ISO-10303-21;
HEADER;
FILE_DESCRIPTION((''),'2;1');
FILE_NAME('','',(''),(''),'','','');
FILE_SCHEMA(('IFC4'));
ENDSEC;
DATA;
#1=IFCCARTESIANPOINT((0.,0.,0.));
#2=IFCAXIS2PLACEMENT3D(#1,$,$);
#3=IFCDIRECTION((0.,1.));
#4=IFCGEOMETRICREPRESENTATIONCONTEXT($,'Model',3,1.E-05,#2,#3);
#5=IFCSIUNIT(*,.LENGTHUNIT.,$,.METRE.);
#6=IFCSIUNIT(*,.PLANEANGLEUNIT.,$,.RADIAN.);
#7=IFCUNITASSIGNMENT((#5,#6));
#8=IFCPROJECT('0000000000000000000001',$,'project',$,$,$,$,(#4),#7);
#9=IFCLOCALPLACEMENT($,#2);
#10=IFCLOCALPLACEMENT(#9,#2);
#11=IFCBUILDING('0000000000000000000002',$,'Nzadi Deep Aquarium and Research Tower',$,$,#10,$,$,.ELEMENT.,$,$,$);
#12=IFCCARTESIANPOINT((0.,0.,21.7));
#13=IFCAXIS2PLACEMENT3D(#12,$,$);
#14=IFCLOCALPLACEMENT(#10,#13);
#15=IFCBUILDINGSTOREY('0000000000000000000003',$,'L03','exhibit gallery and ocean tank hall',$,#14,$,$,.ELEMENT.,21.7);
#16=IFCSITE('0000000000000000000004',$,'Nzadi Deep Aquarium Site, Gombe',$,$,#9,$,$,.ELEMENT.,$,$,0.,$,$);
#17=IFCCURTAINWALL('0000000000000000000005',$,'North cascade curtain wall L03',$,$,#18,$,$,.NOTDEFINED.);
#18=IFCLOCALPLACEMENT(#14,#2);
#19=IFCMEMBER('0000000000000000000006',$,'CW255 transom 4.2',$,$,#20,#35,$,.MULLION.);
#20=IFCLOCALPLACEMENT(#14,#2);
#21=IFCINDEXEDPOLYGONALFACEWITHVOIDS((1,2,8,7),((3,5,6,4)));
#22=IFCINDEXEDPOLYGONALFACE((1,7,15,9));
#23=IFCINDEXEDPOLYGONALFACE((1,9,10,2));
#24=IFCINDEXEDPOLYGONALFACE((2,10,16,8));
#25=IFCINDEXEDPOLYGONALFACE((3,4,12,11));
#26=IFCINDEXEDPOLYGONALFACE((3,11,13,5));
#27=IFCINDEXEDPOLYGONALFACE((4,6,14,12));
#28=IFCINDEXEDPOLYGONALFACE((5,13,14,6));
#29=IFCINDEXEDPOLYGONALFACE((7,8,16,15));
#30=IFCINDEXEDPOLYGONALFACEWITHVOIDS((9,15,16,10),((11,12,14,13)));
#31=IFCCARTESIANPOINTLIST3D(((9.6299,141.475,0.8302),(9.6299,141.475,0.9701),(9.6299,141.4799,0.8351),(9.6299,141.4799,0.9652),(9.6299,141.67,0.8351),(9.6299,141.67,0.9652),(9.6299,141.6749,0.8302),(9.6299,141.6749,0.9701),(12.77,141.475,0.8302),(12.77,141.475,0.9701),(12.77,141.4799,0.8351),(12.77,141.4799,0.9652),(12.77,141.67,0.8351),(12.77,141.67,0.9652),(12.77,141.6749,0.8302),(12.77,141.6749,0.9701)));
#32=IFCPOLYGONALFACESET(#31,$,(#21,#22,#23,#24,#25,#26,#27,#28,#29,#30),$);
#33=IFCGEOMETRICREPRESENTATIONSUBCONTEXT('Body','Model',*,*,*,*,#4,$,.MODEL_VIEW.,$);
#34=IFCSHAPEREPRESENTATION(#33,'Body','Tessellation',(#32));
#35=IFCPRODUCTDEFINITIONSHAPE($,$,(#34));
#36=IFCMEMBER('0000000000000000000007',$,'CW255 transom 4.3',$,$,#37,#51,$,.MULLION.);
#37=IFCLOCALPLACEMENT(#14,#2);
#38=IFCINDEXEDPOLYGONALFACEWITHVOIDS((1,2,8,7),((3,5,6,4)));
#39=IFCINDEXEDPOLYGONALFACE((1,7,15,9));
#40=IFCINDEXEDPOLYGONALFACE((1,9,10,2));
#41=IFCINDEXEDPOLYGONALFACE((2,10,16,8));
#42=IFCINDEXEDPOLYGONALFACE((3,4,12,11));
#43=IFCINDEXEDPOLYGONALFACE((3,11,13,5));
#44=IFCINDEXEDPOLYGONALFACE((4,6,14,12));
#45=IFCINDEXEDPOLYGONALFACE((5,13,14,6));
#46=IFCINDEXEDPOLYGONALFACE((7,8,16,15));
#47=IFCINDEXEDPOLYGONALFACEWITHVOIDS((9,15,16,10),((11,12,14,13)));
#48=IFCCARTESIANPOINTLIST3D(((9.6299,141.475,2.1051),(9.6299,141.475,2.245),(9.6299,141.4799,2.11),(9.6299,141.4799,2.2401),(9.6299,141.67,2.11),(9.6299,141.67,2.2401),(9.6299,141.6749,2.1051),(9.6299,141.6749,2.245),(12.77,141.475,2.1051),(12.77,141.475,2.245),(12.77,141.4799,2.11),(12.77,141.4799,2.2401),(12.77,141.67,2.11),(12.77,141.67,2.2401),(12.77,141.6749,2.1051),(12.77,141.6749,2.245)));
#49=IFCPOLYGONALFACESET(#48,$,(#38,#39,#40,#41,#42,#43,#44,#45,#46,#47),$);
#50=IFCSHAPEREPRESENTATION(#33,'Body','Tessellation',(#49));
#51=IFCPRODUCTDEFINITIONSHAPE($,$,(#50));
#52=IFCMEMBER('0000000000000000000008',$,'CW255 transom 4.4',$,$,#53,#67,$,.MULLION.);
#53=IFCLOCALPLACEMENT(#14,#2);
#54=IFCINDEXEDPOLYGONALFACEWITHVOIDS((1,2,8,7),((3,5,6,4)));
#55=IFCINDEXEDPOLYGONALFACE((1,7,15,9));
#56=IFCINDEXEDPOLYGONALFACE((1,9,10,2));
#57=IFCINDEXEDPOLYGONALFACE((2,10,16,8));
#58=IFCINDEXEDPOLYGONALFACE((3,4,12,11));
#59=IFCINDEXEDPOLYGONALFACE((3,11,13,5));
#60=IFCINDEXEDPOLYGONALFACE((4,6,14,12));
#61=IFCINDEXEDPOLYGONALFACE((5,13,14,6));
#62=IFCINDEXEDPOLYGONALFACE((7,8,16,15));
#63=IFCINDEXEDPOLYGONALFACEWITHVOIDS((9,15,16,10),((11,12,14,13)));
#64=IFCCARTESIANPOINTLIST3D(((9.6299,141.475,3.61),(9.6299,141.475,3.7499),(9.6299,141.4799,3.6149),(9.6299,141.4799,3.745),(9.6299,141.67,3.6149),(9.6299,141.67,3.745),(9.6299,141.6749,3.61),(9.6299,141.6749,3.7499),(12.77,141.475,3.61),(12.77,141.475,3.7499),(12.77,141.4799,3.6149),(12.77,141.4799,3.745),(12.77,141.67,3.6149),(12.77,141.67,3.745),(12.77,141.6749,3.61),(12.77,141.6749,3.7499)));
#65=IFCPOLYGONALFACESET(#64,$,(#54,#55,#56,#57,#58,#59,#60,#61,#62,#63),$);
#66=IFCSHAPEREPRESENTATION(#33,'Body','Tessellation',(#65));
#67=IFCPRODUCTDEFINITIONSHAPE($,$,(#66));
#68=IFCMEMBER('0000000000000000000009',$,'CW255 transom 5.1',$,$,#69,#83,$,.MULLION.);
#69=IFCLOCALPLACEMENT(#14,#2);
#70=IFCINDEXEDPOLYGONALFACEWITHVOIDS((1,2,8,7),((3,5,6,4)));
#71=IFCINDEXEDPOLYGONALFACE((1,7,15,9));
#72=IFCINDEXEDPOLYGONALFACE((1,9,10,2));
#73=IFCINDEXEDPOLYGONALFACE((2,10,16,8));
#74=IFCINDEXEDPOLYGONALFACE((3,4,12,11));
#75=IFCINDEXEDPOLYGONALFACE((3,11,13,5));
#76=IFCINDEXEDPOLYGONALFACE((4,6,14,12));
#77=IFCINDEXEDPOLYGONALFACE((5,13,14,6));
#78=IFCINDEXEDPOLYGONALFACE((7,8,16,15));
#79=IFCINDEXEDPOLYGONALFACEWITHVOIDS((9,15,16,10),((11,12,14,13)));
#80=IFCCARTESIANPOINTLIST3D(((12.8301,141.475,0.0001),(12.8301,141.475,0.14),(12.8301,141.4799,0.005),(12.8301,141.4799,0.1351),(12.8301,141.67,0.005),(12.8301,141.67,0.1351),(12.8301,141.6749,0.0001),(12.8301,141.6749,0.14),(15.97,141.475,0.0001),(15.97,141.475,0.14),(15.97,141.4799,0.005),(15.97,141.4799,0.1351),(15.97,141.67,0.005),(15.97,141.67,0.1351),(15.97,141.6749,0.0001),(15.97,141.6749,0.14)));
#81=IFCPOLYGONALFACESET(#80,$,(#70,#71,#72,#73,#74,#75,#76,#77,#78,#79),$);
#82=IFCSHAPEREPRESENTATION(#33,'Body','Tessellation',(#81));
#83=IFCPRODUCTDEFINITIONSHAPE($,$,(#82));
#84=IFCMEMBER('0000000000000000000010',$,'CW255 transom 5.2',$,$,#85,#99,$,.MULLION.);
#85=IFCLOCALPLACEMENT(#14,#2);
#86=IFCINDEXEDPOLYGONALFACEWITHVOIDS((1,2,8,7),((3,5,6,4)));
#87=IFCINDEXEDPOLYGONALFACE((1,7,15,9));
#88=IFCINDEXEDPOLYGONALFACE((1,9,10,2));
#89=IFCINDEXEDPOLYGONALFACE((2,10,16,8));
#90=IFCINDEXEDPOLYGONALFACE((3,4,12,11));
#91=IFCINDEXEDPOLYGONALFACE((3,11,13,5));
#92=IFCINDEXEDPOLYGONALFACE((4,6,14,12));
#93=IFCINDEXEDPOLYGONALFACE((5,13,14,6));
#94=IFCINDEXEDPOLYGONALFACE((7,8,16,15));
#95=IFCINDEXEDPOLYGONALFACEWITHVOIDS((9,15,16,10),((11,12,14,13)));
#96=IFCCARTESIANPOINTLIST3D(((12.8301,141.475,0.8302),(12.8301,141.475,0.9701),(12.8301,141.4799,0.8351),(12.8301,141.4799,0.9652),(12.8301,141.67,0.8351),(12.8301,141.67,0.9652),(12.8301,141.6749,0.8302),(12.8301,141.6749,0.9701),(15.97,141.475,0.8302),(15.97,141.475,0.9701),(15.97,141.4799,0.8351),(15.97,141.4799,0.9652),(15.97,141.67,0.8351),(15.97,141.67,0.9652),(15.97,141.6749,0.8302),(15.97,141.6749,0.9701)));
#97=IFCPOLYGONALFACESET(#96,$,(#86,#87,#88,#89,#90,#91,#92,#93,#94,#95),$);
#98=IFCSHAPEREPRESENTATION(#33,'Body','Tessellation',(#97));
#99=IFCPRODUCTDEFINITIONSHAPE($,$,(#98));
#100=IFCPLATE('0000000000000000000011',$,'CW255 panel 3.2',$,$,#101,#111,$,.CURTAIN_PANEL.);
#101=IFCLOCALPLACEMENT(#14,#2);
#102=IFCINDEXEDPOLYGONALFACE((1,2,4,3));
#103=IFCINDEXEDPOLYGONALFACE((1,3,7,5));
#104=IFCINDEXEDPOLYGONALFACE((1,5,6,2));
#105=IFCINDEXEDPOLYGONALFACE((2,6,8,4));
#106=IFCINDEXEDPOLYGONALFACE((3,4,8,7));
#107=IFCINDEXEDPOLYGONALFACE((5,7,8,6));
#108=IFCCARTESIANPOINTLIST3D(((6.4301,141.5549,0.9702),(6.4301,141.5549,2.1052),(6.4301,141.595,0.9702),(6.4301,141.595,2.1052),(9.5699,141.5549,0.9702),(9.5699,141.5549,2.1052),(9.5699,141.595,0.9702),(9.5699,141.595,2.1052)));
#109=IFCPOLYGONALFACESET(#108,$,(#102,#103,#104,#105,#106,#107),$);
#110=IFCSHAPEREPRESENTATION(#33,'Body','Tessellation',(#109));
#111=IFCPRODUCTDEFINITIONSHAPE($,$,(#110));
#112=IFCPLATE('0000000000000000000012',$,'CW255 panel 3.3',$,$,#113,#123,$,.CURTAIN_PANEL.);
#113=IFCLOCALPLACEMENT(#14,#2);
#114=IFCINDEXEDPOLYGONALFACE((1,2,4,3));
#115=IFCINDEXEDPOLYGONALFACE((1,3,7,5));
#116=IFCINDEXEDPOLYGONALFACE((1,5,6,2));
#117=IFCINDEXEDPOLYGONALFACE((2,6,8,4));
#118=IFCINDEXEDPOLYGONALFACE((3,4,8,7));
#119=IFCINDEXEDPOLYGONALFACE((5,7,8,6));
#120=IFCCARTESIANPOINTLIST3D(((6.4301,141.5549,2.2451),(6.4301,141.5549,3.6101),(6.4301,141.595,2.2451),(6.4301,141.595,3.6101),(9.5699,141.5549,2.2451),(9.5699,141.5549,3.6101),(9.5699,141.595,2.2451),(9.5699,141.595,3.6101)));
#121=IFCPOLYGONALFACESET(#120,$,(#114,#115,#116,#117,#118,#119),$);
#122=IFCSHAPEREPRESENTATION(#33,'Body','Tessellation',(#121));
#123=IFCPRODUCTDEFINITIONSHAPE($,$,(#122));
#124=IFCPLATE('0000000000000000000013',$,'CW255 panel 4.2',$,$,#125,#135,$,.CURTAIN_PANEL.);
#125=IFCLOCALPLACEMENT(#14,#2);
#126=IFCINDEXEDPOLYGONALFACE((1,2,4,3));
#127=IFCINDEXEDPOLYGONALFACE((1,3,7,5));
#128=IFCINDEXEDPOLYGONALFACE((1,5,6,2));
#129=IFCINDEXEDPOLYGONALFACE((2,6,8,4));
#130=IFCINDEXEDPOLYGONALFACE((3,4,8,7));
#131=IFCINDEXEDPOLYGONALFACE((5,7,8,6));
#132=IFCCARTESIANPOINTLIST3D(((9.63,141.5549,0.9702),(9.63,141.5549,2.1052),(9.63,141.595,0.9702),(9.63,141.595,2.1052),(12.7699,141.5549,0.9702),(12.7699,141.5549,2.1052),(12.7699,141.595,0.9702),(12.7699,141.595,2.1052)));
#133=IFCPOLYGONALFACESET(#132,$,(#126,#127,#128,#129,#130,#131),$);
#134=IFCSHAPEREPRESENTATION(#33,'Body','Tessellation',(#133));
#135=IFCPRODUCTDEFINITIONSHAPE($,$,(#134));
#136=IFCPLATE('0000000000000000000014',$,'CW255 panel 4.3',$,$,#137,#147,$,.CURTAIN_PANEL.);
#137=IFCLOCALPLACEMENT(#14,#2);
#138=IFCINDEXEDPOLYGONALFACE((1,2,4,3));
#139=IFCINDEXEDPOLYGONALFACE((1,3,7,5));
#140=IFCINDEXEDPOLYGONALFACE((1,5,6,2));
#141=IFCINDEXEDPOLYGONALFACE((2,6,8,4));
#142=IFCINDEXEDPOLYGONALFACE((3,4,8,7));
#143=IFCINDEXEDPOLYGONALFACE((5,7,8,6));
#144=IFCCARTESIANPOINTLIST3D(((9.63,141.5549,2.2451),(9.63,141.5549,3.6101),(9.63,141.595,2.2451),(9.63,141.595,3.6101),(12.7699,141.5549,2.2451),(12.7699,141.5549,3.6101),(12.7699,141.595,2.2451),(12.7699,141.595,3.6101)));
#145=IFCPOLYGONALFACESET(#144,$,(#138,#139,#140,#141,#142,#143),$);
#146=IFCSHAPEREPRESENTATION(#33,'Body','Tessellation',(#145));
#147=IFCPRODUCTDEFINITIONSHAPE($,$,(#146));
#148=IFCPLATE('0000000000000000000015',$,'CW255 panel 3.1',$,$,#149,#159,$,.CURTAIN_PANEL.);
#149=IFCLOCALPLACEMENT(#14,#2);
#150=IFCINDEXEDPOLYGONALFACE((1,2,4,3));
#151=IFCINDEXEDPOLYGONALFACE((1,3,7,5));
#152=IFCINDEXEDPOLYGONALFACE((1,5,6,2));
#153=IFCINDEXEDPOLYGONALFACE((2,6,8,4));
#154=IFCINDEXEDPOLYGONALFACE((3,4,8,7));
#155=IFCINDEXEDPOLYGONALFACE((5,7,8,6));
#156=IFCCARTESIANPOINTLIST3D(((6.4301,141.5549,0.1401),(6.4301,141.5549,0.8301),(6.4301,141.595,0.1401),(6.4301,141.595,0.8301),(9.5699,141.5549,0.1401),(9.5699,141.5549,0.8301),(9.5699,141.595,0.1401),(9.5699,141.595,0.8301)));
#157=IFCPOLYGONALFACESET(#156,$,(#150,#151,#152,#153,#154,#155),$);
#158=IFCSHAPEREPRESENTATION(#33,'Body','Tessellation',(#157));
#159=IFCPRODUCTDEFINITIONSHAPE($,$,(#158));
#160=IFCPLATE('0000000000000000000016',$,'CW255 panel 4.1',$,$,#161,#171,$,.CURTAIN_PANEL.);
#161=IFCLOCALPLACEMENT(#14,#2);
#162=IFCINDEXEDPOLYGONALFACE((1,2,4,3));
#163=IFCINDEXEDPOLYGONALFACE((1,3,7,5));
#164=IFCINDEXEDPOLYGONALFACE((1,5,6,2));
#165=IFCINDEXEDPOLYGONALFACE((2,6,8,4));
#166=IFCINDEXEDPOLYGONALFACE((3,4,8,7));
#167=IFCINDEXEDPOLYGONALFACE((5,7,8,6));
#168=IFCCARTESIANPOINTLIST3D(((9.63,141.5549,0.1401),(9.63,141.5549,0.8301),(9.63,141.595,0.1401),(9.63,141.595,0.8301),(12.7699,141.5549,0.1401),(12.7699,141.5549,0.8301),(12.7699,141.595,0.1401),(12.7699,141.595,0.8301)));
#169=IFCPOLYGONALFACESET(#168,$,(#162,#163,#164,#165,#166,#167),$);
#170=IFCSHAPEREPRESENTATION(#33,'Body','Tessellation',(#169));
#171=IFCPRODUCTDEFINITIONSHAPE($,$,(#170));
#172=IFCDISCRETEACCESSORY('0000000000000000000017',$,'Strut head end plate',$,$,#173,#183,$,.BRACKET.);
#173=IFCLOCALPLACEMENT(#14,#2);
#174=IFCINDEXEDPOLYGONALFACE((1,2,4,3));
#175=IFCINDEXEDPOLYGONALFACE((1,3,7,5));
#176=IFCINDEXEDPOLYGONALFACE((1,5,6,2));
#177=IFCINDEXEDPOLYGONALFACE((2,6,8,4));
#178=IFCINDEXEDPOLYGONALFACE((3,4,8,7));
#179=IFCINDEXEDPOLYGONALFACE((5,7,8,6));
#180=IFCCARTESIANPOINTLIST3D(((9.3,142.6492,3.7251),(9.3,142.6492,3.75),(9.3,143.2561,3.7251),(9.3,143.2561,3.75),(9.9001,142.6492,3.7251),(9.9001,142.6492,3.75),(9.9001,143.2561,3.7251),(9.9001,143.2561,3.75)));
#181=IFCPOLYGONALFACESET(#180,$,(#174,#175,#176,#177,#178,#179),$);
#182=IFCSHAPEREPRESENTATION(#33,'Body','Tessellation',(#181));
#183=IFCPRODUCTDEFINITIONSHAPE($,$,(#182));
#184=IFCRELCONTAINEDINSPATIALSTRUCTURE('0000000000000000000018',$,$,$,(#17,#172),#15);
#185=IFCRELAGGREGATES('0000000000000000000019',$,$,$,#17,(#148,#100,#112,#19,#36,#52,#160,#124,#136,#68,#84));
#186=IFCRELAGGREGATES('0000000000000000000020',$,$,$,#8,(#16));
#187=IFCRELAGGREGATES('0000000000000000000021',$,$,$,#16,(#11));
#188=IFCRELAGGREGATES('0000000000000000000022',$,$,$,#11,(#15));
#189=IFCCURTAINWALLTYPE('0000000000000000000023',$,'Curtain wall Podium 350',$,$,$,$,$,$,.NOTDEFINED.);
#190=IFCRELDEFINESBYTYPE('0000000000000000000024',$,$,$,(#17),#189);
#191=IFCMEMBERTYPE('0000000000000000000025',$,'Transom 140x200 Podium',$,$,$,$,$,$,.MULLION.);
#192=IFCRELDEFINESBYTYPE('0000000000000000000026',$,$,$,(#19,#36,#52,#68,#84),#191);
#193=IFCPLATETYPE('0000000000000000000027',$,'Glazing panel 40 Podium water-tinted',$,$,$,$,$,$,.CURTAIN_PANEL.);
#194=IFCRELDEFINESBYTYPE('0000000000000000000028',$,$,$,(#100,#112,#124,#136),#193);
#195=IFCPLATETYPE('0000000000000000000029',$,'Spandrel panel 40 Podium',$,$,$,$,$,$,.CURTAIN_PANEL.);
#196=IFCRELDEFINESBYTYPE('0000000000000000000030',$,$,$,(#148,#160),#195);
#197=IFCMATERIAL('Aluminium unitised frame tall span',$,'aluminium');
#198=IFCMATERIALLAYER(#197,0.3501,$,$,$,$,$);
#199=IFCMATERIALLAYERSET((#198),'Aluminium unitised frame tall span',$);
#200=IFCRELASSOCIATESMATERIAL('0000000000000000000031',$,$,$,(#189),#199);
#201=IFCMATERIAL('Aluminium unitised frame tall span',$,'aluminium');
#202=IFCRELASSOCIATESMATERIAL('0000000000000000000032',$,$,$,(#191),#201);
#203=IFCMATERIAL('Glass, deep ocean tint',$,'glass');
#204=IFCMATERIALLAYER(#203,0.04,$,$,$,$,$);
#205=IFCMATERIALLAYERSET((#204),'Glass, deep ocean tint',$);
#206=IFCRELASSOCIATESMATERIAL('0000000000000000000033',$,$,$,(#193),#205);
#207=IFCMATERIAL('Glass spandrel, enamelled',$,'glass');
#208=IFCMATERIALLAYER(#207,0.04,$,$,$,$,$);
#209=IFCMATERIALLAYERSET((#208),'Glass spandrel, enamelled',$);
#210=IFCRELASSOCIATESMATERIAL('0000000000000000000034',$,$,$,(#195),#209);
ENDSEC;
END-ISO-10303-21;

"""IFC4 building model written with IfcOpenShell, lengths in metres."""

from ifc_helpers import new_model, si_unit, direction, frame, origin, origin_2d, place, context, subcontext, project, spatial, rectangle, hollow_rectangle, extrude, material, layer, layer_set, material_profile, profile_set, type_object, element, aggregate, save


model = new_model("IFC4")

# Units and contexts
model_context = context("Model", 3, precision=1e-05, world=origin(), true_north=direction((0.0, 1.0)))
body_context = subcontext(model_context, "Body", "Model", "MODEL_VIEW")
ifc_project = project(units=[si_unit("LENGTHUNIT", "METRE"), si_unit("PLANEANGLEUNIT", "RADIAN")], contexts=[model_context])

# Site, building, storey
site_placement = place(None, origin())
site = spatial("IfcSite", under=ifc_project, at=site_placement, Name="Nzadi Deep Aquarium Site, Gombe", CompositionType="ELEMENT", RefElevation=0.0)
building_placement = place(site_placement, origin())
building = spatial("IfcBuilding", under=site, at=building_placement, Name="Nzadi Deep Aquarium and Research Tower", CompositionType="ELEMENT")
storey_placement = place(building_placement, frame((0.0, 0.0, 21.7)))
storey = spatial("IfcBuildingStorey", under=building, at=storey_placement, Name="L03", Description="exhibit gallery and ocean tank hall", CompositionType="ELEMENT", Elevation=21.7)

# Curtain wall
ifc_material_1 = material(Name="Aluminium unitised frame tall span", Category="aluminium")
ifc_layer_1 = layer(ifc_material_1, 0.3501)
ifc_layer_set_1 = layer_set([ifc_layer_1], Name="Aluminium unitised frame tall span")
curtain_wall_type = type_object("IfcCurtainWallType", Name="Curtain wall Podium 350", PredefinedType="NOTDEFINED", material=ifc_layer_set_1)
curtain_wall_placement = place(storey_placement, origin())
curtain_wall = element("IfcCurtainWall", 1, at=curtain_wall_placement, inside=storey, type_object=curtain_wall_type, Name="North cascade curtain wall L03", PredefinedType="NOTDEFINED")

# Members
ifc_material_2 = material(Name="Aluminium unitised frame tall span", Category="aluminium")
ifc_material_profile_1 = material_profile(ifc_material_2, hollow_rectangle(XDim=0.2, YDim=0.1399, WallThickness=0.0049, at=origin_2d()))
ifc_profile_set_1 = profile_set([ifc_material_profile_1], Name="Aluminium unitised frame tall span")
member_type_1 = type_object("IfcMemberType", Name="Transom 140x200 Podium", PredefinedType="MULLION", material=ifc_profile_set_1)
member_1_placement = place(storey_placement, frame((9.6299, 141.575, 0.9001), z_axis=(1.0, 0.0, 0.0), x_axis=(0.0, 1.0, 0.0)))
member_1 = element("IfcMember", 2, at=member_1_placement, type_object=member_type_1, Name="CW255 transom 4.2", PredefinedType="MULLION", context=body_context, shape_type="SweptSolid", body=[
    extrude(hollow_rectangle(XDim=0.2, YDim=0.1399, WallThickness=0.0049, at=origin_2d()), origin(), (0.0, 0.0, 1.0), 3.1401),
])
member_2_placement = place(storey_placement, frame((9.6299, 141.575, 2.175), z_axis=(1.0, 0.0, 0.0), x_axis=(0.0, 1.0, 0.0)))
member_2 = element("IfcMember", 3, at=member_2_placement, type_object=member_type_1, Name="CW255 transom 4.3", PredefinedType="MULLION", context=body_context, shape_type="SweptSolid", body=[
    extrude(hollow_rectangle(XDim=0.2, YDim=0.1399, WallThickness=0.0049, at=origin_2d()), origin(), (0.0, 0.0, 1.0), 3.1401),
])
member_3_placement = place(storey_placement, frame((9.6299, 141.575, 3.6799), z_axis=(1.0, 0.0, 0.0), x_axis=(0.0, 1.0, 0.0)))
member_3 = element("IfcMember", 4, at=member_3_placement, type_object=member_type_1, Name="CW255 transom 4.4", PredefinedType="MULLION", context=body_context, shape_type="SweptSolid", body=[
    extrude(hollow_rectangle(XDim=0.2, YDim=0.1399, WallThickness=0.0049, at=origin_2d()), origin(), (0.0, 0.0, 1.0), 3.1401),
])
member_4_placement = place(storey_placement, frame((12.8301, 141.575, 0.0701), z_axis=(1.0, 0.0, 0.0), x_axis=(0.0, 1.0, 0.0)))
member_4 = element("IfcMember", 5, at=member_4_placement, type_object=member_type_1, Name="CW255 transom 5.1", PredefinedType="MULLION", context=body_context, shape_type="SweptSolid", body=[
    extrude(hollow_rectangle(XDim=0.2, YDim=0.1399, WallThickness=0.0049, at=origin_2d()), origin(), (0.0, 0.0, 1.0), 3.1399),
])
member_5_placement = place(storey_placement, frame((12.8301, 141.575, 0.9001), z_axis=(1.0, 0.0, 0.0), x_axis=(0.0, 1.0, 0.0)))
member_5 = element("IfcMember", 6, at=member_5_placement, type_object=member_type_1, Name="CW255 transom 5.2", PredefinedType="MULLION", context=body_context, shape_type="SweptSolid", body=[
    extrude(hollow_rectangle(XDim=0.2, YDim=0.1399, WallThickness=0.0049, at=origin_2d()), origin(), (0.0, 0.0, 1.0), 3.1399),
])

# Plates
ifc_material_3 = material(Name="Glass, deep ocean tint", Category="glass")
ifc_layer_2 = layer(ifc_material_3, 0.04)
ifc_layer_set_2 = layer_set([ifc_layer_2], Name="Glass, deep ocean tint")
plate_type_1 = type_object("IfcPlateType", Name="Glazing panel 40 Podium water-tinted", PredefinedType="CURTAIN_PANEL", material=ifc_layer_set_2)
plate_1_placement = place(storey_placement, frame((8.0, 141.575, 0.9702), z_axis=(0.0, 0.0, 1.0), x_axis=(1.0, 0.0, 0.0)))
plate_1 = element("IfcPlate", 7, at=plate_1_placement, type_object=plate_type_1, Name="CW255 panel 3.2", PredefinedType="CURTAIN_PANEL", context=body_context, shape_type="SweptSolid", body=[
    extrude(rectangle(XDim=3.1399, YDim=0.04, at=origin_2d()), origin(), (0.0, 0.0, 1.0), 1.135),
])
plate_2_placement = place(storey_placement, frame((8.0, 141.575, 2.2451), z_axis=(0.0, 0.0, 1.0), x_axis=(1.0, 0.0, 0.0)))
plate_2 = element("IfcPlate", 8, at=plate_2_placement, type_object=plate_type_1, Name="CW255 panel 3.3", PredefinedType="CURTAIN_PANEL", context=body_context, shape_type="SweptSolid", body=[
    extrude(rectangle(XDim=3.1399, YDim=0.04, at=origin_2d()), origin(), (0.0, 0.0, 1.0), 1.365),
])
plate_3_placement = place(storey_placement, frame((11.2, 141.575, 0.9702), z_axis=(0.0, 0.0, 1.0), x_axis=(1.0, 0.0, 0.0)))
plate_3 = element("IfcPlate", 9, at=plate_3_placement, type_object=plate_type_1, Name="CW255 panel 4.2", PredefinedType="CURTAIN_PANEL", context=body_context, shape_type="SweptSolid", body=[
    extrude(rectangle(XDim=3.1399, YDim=0.04, at=origin_2d()), origin(), (0.0, 0.0, 1.0), 1.135),
])
plate_4_placement = place(storey_placement, frame((11.2, 141.575, 2.2451), z_axis=(0.0, 0.0, 1.0), x_axis=(1.0, 0.0, 0.0)))
plate_4 = element("IfcPlate", 10, at=plate_4_placement, type_object=plate_type_1, Name="CW255 panel 4.3", PredefinedType="CURTAIN_PANEL", context=body_context, shape_type="SweptSolid", body=[
    extrude(rectangle(XDim=3.1399, YDim=0.04, at=origin_2d()), origin(), (0.0, 0.0, 1.0), 1.365),
])
ifc_material_4 = material(Name="Glass spandrel, enamelled", Category="glass")
ifc_layer_3 = layer(ifc_material_4, 0.04)
ifc_layer_set_3 = layer_set([ifc_layer_3], Name="Glass spandrel, enamelled")
plate_type_2 = type_object("IfcPlateType", Name="Spandrel panel 40 Podium", PredefinedType="CURTAIN_PANEL", material=ifc_layer_set_3)
plate_5_placement = place(storey_placement, frame((8.0, 141.575, 0.1401), z_axis=(0.0, 0.0, 1.0), x_axis=(1.0, 0.0, 0.0)))
plate_5 = element("IfcPlate", 11, at=plate_5_placement, type_object=plate_type_2, Name="CW255 panel 3.1", PredefinedType="CURTAIN_PANEL", context=body_context, shape_type="SweptSolid", body=[
    extrude(rectangle(XDim=3.1399, YDim=0.04, at=origin_2d()), origin(), (0.0, 0.0, 1.0), 0.6899),
])
plate_6_placement = place(storey_placement, frame((11.2, 141.575, 0.1401), z_axis=(0.0, 0.0, 1.0), x_axis=(1.0, 0.0, 0.0)))
plate_6 = element("IfcPlate", 12, at=plate_6_placement, type_object=plate_type_2, Name="CW255 panel 4.1", PredefinedType="CURTAIN_PANEL", context=body_context, shape_type="SweptSolid", body=[
    extrude(rectangle(XDim=3.1399, YDim=0.04, at=origin_2d()), origin(), (0.0, 0.0, 1.0), 0.6899),
])
aggregate(curtain_wall, [plate_5, plate_1, plate_2, member_1, member_2, member_3, plate_6, plate_3, plate_4, member_4, member_5])

# Discrete accessory
discrete_accessory_placement = place(storey_placement, frame((9.6001, 142.9526, 3.7251), z_axis=(0.0, 0.0, 1.0), x_axis=(1.0, 0.0, 0.0)))
element("IfcDiscreteAccessory", 13, at=discrete_accessory_placement, inside=storey, Name="Strut head end plate", PredefinedType="BRACKET", context=body_context, shape_type="SweptSolid", body=[
    extrude(rectangle(XDim=0.6001, YDim=0.6069, at=origin_2d()), origin(), (0.0, 0.0, 1.0), 0.0249),
])

save(model, "model.ifc")
